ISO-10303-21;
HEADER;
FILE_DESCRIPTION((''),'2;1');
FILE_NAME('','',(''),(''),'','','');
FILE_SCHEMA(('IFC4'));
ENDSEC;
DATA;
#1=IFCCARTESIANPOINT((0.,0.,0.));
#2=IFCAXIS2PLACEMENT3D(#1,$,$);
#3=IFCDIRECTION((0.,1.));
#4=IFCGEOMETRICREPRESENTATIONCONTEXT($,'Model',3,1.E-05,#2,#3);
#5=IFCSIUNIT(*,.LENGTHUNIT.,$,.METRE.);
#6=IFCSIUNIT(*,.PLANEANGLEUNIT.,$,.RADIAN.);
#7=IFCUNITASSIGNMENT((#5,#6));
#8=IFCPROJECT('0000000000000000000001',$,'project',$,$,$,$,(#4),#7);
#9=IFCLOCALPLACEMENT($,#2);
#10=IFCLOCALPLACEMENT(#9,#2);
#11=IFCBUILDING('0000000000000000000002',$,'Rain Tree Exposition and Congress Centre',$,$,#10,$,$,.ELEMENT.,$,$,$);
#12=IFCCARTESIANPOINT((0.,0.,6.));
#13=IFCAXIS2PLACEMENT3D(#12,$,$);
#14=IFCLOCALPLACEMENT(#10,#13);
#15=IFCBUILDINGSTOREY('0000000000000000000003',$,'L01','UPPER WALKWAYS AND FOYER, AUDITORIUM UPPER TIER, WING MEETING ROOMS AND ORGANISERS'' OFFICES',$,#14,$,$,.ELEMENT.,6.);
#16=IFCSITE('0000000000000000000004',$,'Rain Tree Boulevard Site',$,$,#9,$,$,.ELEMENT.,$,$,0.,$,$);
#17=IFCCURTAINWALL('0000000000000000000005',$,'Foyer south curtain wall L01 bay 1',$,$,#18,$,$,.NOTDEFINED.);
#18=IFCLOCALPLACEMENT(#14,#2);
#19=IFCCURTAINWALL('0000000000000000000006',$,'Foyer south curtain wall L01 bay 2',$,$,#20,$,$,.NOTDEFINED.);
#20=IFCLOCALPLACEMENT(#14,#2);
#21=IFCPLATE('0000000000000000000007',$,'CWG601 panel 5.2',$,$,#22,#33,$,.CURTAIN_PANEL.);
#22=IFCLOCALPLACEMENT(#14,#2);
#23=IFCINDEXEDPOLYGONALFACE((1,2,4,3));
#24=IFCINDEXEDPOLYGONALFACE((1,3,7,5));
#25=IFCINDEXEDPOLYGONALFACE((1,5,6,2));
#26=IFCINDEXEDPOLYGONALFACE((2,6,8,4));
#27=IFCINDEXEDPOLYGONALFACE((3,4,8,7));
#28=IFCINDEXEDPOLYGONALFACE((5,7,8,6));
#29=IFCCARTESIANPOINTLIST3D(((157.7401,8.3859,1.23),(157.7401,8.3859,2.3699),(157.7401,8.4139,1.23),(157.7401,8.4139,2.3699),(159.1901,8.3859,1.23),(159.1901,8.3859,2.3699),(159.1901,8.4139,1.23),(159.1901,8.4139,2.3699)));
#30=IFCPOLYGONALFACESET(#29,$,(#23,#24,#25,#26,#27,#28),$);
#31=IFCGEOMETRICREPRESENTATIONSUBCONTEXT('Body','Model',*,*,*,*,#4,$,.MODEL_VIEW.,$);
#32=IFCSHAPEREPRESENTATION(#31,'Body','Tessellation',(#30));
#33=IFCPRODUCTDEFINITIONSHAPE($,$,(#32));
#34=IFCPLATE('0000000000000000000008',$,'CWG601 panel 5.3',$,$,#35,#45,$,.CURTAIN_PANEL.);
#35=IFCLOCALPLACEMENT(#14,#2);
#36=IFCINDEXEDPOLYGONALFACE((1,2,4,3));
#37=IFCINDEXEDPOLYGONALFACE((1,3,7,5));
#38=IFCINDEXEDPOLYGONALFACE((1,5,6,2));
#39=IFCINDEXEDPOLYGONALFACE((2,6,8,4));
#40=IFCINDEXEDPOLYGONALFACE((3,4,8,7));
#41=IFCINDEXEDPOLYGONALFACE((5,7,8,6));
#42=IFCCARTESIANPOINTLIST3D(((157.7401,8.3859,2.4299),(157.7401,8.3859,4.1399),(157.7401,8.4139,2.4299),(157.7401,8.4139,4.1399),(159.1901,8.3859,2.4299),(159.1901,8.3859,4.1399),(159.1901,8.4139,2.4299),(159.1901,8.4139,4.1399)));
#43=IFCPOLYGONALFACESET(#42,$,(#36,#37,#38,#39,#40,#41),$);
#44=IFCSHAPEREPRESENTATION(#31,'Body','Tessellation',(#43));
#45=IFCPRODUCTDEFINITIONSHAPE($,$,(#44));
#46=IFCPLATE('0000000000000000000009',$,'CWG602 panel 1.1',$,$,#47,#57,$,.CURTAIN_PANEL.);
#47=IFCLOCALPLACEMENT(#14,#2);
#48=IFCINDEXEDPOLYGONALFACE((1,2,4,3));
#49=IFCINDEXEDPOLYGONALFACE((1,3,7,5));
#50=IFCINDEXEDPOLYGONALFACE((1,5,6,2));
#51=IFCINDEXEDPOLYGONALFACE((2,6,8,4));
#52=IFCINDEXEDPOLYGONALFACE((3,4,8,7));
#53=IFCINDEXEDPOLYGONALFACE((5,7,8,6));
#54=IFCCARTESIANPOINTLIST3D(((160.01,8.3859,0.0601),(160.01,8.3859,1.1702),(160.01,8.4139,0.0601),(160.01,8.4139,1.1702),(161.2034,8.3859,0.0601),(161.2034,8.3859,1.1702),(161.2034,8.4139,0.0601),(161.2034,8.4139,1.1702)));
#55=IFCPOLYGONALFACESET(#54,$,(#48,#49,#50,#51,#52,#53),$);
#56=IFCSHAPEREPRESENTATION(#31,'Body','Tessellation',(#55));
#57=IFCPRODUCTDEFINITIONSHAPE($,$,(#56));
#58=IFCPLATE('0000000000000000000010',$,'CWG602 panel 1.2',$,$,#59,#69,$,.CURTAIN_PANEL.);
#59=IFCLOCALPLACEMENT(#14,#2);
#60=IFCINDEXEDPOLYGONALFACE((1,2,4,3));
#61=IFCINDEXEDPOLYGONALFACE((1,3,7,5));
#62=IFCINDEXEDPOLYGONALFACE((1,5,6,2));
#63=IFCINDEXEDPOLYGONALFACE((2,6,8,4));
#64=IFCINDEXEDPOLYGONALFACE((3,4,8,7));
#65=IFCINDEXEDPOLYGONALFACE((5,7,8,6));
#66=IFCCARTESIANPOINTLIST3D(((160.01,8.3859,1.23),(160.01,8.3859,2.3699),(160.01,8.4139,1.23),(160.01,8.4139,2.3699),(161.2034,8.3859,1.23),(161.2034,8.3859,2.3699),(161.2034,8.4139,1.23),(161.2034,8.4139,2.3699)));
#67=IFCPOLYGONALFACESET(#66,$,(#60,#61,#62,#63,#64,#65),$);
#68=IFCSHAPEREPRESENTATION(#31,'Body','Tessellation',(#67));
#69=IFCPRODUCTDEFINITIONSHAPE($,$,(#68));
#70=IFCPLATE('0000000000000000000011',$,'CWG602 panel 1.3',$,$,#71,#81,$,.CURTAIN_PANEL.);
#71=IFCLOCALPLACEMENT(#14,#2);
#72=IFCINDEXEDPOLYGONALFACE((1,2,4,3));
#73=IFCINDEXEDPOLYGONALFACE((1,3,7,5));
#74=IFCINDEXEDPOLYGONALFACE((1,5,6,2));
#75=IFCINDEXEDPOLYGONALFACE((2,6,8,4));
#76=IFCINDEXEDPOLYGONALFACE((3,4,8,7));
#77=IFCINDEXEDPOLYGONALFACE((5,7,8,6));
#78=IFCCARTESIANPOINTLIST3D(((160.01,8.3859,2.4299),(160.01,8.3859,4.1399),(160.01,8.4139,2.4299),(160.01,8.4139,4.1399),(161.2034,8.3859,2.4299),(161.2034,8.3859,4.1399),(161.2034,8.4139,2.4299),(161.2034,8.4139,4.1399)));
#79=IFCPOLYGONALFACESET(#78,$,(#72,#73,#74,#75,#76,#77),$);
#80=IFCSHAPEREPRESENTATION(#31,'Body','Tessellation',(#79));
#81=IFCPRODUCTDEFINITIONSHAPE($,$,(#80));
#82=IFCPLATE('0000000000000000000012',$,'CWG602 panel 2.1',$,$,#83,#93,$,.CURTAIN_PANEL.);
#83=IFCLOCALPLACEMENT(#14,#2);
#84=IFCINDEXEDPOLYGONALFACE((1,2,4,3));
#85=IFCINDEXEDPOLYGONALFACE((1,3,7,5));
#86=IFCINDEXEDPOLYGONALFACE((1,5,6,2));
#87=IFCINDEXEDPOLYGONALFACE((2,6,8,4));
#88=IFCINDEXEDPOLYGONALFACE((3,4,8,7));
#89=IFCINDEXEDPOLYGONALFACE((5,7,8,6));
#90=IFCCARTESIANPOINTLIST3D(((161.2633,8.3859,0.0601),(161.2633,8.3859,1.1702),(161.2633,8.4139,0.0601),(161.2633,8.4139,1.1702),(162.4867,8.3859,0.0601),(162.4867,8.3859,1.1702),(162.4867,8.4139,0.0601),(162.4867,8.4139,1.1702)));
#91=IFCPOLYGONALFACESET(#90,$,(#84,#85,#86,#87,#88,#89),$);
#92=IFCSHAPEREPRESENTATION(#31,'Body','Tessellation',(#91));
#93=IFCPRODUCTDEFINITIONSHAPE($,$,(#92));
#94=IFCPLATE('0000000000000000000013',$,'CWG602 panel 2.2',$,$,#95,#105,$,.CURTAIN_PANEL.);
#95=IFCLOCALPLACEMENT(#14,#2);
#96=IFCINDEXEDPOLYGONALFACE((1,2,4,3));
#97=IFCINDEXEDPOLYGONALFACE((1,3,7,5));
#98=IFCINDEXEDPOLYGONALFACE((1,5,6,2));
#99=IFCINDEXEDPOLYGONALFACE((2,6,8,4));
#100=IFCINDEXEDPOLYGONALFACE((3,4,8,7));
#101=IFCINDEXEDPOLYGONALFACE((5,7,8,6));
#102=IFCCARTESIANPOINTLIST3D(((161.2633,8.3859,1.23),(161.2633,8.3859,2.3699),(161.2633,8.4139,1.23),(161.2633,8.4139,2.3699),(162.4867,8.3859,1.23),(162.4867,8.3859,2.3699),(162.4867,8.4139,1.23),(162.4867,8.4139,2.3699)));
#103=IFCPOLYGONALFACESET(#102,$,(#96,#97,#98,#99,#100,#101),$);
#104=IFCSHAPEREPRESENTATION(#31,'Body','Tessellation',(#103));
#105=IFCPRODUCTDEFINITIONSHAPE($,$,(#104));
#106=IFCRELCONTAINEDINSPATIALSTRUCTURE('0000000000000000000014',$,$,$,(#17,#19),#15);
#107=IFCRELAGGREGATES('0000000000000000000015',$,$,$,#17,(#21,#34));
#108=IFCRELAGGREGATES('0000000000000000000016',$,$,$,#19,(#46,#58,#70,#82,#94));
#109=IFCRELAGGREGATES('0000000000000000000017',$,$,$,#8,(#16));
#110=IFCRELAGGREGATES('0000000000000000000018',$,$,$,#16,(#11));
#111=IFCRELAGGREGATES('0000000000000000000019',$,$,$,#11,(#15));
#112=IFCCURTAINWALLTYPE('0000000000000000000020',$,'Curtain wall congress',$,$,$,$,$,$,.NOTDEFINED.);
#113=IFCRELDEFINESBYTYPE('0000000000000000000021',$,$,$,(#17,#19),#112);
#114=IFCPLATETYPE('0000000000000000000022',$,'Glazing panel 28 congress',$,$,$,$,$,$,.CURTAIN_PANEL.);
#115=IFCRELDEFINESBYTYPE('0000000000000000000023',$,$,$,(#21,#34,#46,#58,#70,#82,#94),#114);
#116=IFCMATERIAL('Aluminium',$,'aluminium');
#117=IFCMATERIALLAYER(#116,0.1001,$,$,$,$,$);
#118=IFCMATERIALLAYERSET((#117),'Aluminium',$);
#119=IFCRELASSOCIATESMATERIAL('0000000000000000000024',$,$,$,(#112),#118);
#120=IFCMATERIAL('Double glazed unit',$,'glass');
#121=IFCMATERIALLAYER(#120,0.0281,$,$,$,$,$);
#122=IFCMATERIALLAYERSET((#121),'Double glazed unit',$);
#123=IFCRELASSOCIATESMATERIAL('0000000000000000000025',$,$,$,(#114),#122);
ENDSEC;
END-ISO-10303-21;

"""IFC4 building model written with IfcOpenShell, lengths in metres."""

from ifc_helpers import new_model, si_unit, direction, frame, origin, origin_2d, place, context, subcontext, project, spatial, rectangle, extrude, material, layer, layer_set, type_object, element, aggregate, save


model = new_model("IFC4")

# Units and contexts
model_context = context("Model", 3, precision=1e-05, world=origin(), true_north=direction((0.0, 1.0)))
body_context = subcontext(model_context, "Body", "Model", "MODEL_VIEW")
ifc_project = project(units=[si_unit("LENGTHUNIT", "METRE"), si_unit("PLANEANGLEUNIT", "RADIAN")], contexts=[model_context])

# Site, building, storey
site_placement = place(None, origin())
site = spatial("IfcSite", under=ifc_project, at=site_placement, Name="Rain Tree Boulevard Site", CompositionType="ELEMENT", RefElevation=0.0)
building_placement = place(site_placement, origin())
building = spatial("IfcBuilding", under=site, at=building_placement, Name="Rain Tree Exposition and Congress Centre", CompositionType="ELEMENT")
storey_placement = place(building_placement, frame((0.0, 0.0, 6.0)))
storey = spatial("IfcBuildingStorey", under=building, at=storey_placement, Name="L01", Description="UPPER WALKWAYS AND FOYER, AUDITORIUM UPPER TIER, WING MEETING ROOMS AND ORGANISERS' OFFICES", CompositionType="ELEMENT", Elevation=6.0)

# Curtain walls
ifc_material_1 = material(Name="Aluminium", Category="aluminium")
ifc_layer_1 = layer(ifc_material_1, 0.1001)
ifc_layer_set_1 = layer_set([ifc_layer_1], Name="Aluminium")
curtain_wall_type = type_object("IfcCurtainWallType", Name="Curtain wall congress", PredefinedType="NOTDEFINED", material=ifc_layer_set_1)
curtain_wall_1_placement = place(storey_placement, origin())
curtain_wall_1 = element("IfcCurtainWall", 1, at=curtain_wall_1_placement, inside=storey, type_object=curtain_wall_type, Name="Foyer south curtain wall L01 bay 1", PredefinedType="NOTDEFINED")
curtain_wall_2_placement = place(storey_placement, origin())
curtain_wall_2 = element("IfcCurtainWall", 2, at=curtain_wall_2_placement, inside=storey, type_object=curtain_wall_type, Name="Foyer south curtain wall L01 bay 2", PredefinedType="NOTDEFINED")

# Plates
ifc_material_2 = material(Name="Double glazed unit", Category="glass")
ifc_layer_2 = layer(ifc_material_2, 0.0281)
ifc_layer_set_2 = layer_set([ifc_layer_2], Name="Double glazed unit")
plate_type = type_object("IfcPlateType", Name="Glazing panel 28 congress", PredefinedType="CURTAIN_PANEL", material=ifc_layer_set_2)
plate_1_placement = place(storey_placement, frame((158.4651, 8.3999, 1.23), z_axis=(0.0, 0.0, 1.0), x_axis=(1.0, 0.0, 0.0)))
plate_1 = element("IfcPlate", 3, at=plate_1_placement, type_object=plate_type, Name="CWG601 panel 5.2", PredefinedType="CURTAIN_PANEL", context=body_context, shape_type="SweptSolid", body=[
    extrude(rectangle(XDim=1.45, YDim=0.0281, at=origin_2d()), origin(), (0.0, 0.0, 1.0), 1.1399),
])
plate_2_placement = place(storey_placement, frame((158.4651, 8.3999, 2.4299), z_axis=(0.0, 0.0, 1.0), x_axis=(1.0, 0.0, 0.0)))
plate_2 = element("IfcPlate", 4, at=plate_2_placement, type_object=plate_type, Name="CWG601 panel 5.3", PredefinedType="CURTAIN_PANEL", context=body_context, shape_type="SweptSolid", body=[
    extrude(rectangle(XDim=1.45, YDim=0.0281, at=origin_2d()), origin(), (0.0, 0.0, 1.0), 1.71),
])
aggregate(curtain_wall_1, [plate_1, plate_2])
plate_3_placement = place(storey_placement, frame((160.6067, 8.3999, 0.0601), z_axis=(0.0, 0.0, 1.0), x_axis=(1.0, 0.0, 0.0)))
plate_3 = element("IfcPlate", 5, at=plate_3_placement, type_object=plate_type, Name="CWG602 panel 1.1", PredefinedType="CURTAIN_PANEL", context=body_context, shape_type="SweptSolid", body=[
    extrude(rectangle(XDim=1.1934, YDim=0.0281, at=origin_2d()), origin(), (0.0, 0.0, 1.0), 1.1101),
])
plate_4_placement = place(storey_placement, frame((160.6067, 8.3999, 1.23), z_axis=(0.0, 0.0, 1.0), x_axis=(1.0, 0.0, 0.0)))
plate_4 = element("IfcPlate", 6, at=plate_4_placement, type_object=plate_type, Name="CWG602 panel 1.2", PredefinedType="CURTAIN_PANEL", context=body_context, shape_type="SweptSolid", body=[
    extrude(rectangle(XDim=1.1934, YDim=0.0281, at=origin_2d()), origin(), (0.0, 0.0, 1.0), 1.1399),
])
plate_5_placement = place(storey_placement, frame((160.6067, 8.3999, 2.4299), z_axis=(0.0, 0.0, 1.0), x_axis=(1.0, 0.0, 0.0)))
plate_5 = element("IfcPlate", 7, at=plate_5_placement, type_object=plate_type, Name="CWG602 panel 1.3", PredefinedType="CURTAIN_PANEL", context=body_context, shape_type="SweptSolid", body=[
    extrude(rectangle(XDim=1.1934, YDim=0.0281, at=origin_2d()), origin(), (0.0, 0.0, 1.0), 1.71),
])
plate_6_placement = place(storey_placement, frame((161.875, 8.3999, 0.0601), z_axis=(0.0, 0.0, 1.0), x_axis=(1.0, 0.0, 0.0)))
plate_6 = element("IfcPlate", 8, at=plate_6_placement, type_object=plate_type, Name="CWG602 panel 2.1", PredefinedType="CURTAIN_PANEL", context=body_context, shape_type="SweptSolid", body=[
    extrude(rectangle(XDim=1.2234, YDim=0.0281, at=origin_2d()), origin(), (0.0, 0.0, 1.0), 1.1101),
])
plate_7_placement = place(storey_placement, frame((161.875, 8.3999, 1.23), z_axis=(0.0, 0.0, 1.0), x_axis=(1.0, 0.0, 0.0)))
plate_7 = element("IfcPlate", 9, at=plate_7_placement, type_object=plate_type, Name="CWG602 panel 2.2", PredefinedType="CURTAIN_PANEL", context=body_context, shape_type="SweptSolid", body=[
    extrude(rectangle(XDim=1.2234, YDim=0.0281, at=origin_2d()), origin(), (0.0, 0.0, 1.0), 1.1399),
])
aggregate(curtain_wall_2, [plate_3, plate_4, plate_5, plate_6, plate_7])

save(model, "model.ifc")
